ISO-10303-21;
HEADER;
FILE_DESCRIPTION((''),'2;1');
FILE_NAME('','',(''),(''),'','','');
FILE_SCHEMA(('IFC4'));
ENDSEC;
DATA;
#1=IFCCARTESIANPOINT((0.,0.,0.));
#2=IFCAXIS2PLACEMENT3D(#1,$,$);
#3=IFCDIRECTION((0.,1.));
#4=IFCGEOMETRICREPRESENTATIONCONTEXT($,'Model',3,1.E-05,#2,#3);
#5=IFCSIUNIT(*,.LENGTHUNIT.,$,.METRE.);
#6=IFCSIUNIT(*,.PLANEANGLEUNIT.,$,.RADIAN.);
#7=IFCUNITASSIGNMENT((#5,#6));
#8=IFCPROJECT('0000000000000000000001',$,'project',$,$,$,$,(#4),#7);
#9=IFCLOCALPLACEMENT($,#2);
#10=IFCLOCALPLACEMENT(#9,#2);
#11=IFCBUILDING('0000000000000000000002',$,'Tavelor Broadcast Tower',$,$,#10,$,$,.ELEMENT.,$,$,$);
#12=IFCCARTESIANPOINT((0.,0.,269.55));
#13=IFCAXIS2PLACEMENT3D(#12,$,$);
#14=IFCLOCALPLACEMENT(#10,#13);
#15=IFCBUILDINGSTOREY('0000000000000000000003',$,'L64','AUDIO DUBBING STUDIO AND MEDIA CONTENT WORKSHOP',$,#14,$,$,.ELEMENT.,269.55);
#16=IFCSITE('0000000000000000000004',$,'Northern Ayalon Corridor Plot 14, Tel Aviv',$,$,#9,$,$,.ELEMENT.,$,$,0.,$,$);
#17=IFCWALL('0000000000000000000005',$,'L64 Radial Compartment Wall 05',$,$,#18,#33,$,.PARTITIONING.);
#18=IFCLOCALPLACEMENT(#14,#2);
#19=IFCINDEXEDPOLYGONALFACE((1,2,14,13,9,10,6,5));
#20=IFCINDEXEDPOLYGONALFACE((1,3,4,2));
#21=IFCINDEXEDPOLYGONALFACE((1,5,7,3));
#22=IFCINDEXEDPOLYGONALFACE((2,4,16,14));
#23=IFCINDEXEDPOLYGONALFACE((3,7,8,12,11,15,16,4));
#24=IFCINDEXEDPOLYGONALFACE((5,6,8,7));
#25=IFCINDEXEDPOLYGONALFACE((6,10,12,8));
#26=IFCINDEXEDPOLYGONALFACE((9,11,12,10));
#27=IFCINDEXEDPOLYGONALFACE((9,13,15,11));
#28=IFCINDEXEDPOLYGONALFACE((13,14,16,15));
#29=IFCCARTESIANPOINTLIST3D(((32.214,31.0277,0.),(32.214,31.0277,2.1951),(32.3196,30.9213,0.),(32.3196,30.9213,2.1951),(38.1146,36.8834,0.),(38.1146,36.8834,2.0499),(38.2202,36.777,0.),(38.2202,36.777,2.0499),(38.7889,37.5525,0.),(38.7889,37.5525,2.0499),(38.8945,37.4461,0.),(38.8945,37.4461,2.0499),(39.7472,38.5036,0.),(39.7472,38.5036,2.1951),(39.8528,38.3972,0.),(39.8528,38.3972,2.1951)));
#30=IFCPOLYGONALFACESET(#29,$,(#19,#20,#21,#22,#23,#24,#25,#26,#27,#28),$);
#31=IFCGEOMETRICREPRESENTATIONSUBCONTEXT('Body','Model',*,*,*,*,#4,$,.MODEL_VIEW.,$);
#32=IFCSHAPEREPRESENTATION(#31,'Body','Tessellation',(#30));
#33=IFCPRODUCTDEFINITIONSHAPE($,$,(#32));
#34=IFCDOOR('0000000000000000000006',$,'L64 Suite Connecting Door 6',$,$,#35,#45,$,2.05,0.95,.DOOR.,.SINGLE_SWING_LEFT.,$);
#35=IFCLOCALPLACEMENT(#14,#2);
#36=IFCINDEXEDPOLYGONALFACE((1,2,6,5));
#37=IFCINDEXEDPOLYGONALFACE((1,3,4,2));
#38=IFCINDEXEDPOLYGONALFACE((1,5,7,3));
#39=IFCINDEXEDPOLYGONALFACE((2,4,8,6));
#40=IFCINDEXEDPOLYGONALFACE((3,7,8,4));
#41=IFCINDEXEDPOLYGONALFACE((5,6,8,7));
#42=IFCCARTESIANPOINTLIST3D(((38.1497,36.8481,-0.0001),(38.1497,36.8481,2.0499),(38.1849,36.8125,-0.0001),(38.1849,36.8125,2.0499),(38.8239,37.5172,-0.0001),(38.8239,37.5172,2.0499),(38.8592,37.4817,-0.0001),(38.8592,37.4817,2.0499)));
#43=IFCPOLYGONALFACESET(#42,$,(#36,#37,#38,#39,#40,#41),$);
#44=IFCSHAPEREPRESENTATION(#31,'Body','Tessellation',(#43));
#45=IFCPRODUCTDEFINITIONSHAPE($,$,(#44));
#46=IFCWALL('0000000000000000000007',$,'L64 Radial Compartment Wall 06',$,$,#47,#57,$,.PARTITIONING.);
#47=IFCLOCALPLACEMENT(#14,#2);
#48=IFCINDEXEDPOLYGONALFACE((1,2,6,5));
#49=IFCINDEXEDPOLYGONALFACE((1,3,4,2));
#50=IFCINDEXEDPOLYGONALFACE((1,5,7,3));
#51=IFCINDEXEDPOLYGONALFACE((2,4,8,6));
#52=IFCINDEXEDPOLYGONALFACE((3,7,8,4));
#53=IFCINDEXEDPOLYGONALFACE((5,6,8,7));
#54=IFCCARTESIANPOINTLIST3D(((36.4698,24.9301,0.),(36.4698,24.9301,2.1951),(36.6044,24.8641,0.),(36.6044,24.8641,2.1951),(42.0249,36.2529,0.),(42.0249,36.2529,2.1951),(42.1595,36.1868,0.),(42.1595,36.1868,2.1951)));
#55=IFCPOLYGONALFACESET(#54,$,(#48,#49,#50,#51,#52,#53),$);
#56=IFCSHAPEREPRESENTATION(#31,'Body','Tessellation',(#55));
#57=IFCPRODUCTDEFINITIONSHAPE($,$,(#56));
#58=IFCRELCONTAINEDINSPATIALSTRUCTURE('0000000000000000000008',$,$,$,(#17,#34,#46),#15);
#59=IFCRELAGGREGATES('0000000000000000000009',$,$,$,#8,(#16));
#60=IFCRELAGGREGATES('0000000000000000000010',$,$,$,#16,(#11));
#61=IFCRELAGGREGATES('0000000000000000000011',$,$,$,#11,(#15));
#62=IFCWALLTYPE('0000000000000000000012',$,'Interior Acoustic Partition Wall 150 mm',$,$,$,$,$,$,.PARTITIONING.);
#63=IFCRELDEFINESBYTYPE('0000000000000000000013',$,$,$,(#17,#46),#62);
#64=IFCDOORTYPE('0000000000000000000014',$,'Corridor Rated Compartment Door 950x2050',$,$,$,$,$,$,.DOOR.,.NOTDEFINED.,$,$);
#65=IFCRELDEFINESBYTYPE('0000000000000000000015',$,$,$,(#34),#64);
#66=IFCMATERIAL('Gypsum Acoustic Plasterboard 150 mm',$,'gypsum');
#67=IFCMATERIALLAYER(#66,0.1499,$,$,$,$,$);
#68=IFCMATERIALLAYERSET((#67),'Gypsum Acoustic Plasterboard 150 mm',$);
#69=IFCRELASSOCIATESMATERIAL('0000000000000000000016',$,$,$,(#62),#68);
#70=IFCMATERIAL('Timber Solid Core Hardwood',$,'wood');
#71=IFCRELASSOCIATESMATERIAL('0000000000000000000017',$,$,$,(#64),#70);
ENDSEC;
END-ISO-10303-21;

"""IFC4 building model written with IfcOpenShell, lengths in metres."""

from ifc_helpers import new_model, si_unit, direction, frame, frame_2d, origin, place, context, subcontext, project, spatial, rectangle, extrude, material, layer, layer_set, type_object, element, fill, save


model = new_model("IFC4")

# Units and contexts
model_context = context("Model", 3, precision=1e-05, world=origin(), true_north=direction((0.0, 1.0)))
body_context = subcontext(model_context, "Body", "Model", "MODEL_VIEW")
ifc_project = project(units=[si_unit("LENGTHUNIT", "METRE"), si_unit("PLANEANGLEUNIT", "RADIAN")], contexts=[model_context])

# Site, building, storey
site_placement = place(None, origin())
site = spatial("IfcSite", under=ifc_project, at=site_placement, Name="Northern Ayalon Corridor Plot 14, Tel Aviv", CompositionType="ELEMENT", RefElevation=0.0)
building_placement = place(site_placement, origin())
building = spatial("IfcBuilding", under=site, at=building_placement, Name="Tavelor Broadcast Tower", CompositionType="ELEMENT")
storey_placement = place(building_placement, frame((0.0, 0.0, 269.55)))
storey = spatial("IfcBuildingStorey", under=building, at=storey_placement, Name="L64", Description="AUDIO DUBBING STUDIO AND MEDIA CONTENT WORKSHOP", CompositionType="ELEMENT", Elevation=269.55)

# Wall, opening, door
ifc_material_1 = material(Name="Gypsum Acoustic Plasterboard 150 mm", Category="gypsum")
ifc_layer_1 = layer(ifc_material_1, 0.1499)
ifc_layer_set_1 = layer_set([ifc_layer_1], Name="Gypsum Acoustic Plasterboard 150 mm")
wall_type_1 = type_object("IfcWallType", Name="Interior Acoustic Partition Wall 150 mm", PredefinedType="PARTITIONING", material=ifc_layer_set_1)
wall_1_placement = place(storey_placement, frame((39.8, 38.4504, 0.0), z_axis=(0.0, 0.0, 1.0), x_axis=(-0.709805, -0.704399, 0.0)))
wall_1 = element("IfcWall", 1, at=wall_1_placement, inside=storey, type_object=wall_type_1, Name="L64 Radial Compartment Wall 05", PredefinedType="PARTITIONING", context=body_context, shape_type="SweptSolid", body=[
    extrude(rectangle(XDim=10.613, YDim=0.1499, at=frame_2d((5.3066, 0.0))), origin(), (0.0, 0.0, 1.0), 2.1951),
])
opening_1_placement = place(wall_1_placement, frame((1.3501, 0.0, 0.0)))
opening_1 = element("IfcOpeningElement", 2, at=opening_1_placement, cuts=wall_1, PredefinedType="OPENING", context=body_context, shape_type="SweptSolid", body=[
    extrude(rectangle(XDim=0.95, YDim=2.05, at=frame_2d((0.4751, 1.0249))), frame((0.0, 0.085, 0.0), z_axis=(0.0, -1.0, 0.0), x_axis=(1.0, 0.0, 0.0)), (0.0, 0.0, 1.0), 0.1699),
])
ifc_material_2 = material(Name="Timber Solid Core Hardwood", Category="wood")
door_type_1 = type_object("IfcDoorType", Name="Corridor Rated Compartment Door 950x2050", OperationType="NOTDEFINED", PredefinedType="DOOR", material=ifc_material_2)
door_1_placement = place(opening_1_placement, origin())
door_1 = element("IfcDoor", 3, at=door_1_placement, inside=storey, type_object=door_type_1, Name="L64 Suite Connecting Door 6", OperationType="SINGLE_SWING_LEFT", OverallHeight=2.05, OverallWidth=0.95, PredefinedType="DOOR", context=body_context, shape_type="SweptSolid", body=[
    extrude(rectangle(XDim=0.95, YDim=2.05, at=frame_2d((0.4751, 1.0249))), frame((0.0, 0.0249, 0.0), z_axis=(0.0, -1.0, 0.0), x_axis=(1.0, 0.0, 0.0)), (0.0, 0.0, 1.0), 0.05),
])
fill(opening_1, door_1)

# Wall
wall_2_placement = place(storey_placement, frame((42.0923, 36.22, 0.0), z_axis=(0.0, 0.0, 1.0), x_axis=(-0.440464, -0.89777, 0.0)))
element("IfcWall", 4, at=wall_2_placement, inside=storey, type_object=wall_type_1, Name="L64 Radial Compartment Wall 06", PredefinedType="PARTITIONING", context=body_context, shape_type="SweptSolid", body=[
    extrude(rectangle(XDim=12.6121, YDim=0.1499, at=frame_2d((6.3062, 0.0))), origin(), (0.0, 0.0, 1.0), 2.1951),
])

save(model, "model.ifc")
